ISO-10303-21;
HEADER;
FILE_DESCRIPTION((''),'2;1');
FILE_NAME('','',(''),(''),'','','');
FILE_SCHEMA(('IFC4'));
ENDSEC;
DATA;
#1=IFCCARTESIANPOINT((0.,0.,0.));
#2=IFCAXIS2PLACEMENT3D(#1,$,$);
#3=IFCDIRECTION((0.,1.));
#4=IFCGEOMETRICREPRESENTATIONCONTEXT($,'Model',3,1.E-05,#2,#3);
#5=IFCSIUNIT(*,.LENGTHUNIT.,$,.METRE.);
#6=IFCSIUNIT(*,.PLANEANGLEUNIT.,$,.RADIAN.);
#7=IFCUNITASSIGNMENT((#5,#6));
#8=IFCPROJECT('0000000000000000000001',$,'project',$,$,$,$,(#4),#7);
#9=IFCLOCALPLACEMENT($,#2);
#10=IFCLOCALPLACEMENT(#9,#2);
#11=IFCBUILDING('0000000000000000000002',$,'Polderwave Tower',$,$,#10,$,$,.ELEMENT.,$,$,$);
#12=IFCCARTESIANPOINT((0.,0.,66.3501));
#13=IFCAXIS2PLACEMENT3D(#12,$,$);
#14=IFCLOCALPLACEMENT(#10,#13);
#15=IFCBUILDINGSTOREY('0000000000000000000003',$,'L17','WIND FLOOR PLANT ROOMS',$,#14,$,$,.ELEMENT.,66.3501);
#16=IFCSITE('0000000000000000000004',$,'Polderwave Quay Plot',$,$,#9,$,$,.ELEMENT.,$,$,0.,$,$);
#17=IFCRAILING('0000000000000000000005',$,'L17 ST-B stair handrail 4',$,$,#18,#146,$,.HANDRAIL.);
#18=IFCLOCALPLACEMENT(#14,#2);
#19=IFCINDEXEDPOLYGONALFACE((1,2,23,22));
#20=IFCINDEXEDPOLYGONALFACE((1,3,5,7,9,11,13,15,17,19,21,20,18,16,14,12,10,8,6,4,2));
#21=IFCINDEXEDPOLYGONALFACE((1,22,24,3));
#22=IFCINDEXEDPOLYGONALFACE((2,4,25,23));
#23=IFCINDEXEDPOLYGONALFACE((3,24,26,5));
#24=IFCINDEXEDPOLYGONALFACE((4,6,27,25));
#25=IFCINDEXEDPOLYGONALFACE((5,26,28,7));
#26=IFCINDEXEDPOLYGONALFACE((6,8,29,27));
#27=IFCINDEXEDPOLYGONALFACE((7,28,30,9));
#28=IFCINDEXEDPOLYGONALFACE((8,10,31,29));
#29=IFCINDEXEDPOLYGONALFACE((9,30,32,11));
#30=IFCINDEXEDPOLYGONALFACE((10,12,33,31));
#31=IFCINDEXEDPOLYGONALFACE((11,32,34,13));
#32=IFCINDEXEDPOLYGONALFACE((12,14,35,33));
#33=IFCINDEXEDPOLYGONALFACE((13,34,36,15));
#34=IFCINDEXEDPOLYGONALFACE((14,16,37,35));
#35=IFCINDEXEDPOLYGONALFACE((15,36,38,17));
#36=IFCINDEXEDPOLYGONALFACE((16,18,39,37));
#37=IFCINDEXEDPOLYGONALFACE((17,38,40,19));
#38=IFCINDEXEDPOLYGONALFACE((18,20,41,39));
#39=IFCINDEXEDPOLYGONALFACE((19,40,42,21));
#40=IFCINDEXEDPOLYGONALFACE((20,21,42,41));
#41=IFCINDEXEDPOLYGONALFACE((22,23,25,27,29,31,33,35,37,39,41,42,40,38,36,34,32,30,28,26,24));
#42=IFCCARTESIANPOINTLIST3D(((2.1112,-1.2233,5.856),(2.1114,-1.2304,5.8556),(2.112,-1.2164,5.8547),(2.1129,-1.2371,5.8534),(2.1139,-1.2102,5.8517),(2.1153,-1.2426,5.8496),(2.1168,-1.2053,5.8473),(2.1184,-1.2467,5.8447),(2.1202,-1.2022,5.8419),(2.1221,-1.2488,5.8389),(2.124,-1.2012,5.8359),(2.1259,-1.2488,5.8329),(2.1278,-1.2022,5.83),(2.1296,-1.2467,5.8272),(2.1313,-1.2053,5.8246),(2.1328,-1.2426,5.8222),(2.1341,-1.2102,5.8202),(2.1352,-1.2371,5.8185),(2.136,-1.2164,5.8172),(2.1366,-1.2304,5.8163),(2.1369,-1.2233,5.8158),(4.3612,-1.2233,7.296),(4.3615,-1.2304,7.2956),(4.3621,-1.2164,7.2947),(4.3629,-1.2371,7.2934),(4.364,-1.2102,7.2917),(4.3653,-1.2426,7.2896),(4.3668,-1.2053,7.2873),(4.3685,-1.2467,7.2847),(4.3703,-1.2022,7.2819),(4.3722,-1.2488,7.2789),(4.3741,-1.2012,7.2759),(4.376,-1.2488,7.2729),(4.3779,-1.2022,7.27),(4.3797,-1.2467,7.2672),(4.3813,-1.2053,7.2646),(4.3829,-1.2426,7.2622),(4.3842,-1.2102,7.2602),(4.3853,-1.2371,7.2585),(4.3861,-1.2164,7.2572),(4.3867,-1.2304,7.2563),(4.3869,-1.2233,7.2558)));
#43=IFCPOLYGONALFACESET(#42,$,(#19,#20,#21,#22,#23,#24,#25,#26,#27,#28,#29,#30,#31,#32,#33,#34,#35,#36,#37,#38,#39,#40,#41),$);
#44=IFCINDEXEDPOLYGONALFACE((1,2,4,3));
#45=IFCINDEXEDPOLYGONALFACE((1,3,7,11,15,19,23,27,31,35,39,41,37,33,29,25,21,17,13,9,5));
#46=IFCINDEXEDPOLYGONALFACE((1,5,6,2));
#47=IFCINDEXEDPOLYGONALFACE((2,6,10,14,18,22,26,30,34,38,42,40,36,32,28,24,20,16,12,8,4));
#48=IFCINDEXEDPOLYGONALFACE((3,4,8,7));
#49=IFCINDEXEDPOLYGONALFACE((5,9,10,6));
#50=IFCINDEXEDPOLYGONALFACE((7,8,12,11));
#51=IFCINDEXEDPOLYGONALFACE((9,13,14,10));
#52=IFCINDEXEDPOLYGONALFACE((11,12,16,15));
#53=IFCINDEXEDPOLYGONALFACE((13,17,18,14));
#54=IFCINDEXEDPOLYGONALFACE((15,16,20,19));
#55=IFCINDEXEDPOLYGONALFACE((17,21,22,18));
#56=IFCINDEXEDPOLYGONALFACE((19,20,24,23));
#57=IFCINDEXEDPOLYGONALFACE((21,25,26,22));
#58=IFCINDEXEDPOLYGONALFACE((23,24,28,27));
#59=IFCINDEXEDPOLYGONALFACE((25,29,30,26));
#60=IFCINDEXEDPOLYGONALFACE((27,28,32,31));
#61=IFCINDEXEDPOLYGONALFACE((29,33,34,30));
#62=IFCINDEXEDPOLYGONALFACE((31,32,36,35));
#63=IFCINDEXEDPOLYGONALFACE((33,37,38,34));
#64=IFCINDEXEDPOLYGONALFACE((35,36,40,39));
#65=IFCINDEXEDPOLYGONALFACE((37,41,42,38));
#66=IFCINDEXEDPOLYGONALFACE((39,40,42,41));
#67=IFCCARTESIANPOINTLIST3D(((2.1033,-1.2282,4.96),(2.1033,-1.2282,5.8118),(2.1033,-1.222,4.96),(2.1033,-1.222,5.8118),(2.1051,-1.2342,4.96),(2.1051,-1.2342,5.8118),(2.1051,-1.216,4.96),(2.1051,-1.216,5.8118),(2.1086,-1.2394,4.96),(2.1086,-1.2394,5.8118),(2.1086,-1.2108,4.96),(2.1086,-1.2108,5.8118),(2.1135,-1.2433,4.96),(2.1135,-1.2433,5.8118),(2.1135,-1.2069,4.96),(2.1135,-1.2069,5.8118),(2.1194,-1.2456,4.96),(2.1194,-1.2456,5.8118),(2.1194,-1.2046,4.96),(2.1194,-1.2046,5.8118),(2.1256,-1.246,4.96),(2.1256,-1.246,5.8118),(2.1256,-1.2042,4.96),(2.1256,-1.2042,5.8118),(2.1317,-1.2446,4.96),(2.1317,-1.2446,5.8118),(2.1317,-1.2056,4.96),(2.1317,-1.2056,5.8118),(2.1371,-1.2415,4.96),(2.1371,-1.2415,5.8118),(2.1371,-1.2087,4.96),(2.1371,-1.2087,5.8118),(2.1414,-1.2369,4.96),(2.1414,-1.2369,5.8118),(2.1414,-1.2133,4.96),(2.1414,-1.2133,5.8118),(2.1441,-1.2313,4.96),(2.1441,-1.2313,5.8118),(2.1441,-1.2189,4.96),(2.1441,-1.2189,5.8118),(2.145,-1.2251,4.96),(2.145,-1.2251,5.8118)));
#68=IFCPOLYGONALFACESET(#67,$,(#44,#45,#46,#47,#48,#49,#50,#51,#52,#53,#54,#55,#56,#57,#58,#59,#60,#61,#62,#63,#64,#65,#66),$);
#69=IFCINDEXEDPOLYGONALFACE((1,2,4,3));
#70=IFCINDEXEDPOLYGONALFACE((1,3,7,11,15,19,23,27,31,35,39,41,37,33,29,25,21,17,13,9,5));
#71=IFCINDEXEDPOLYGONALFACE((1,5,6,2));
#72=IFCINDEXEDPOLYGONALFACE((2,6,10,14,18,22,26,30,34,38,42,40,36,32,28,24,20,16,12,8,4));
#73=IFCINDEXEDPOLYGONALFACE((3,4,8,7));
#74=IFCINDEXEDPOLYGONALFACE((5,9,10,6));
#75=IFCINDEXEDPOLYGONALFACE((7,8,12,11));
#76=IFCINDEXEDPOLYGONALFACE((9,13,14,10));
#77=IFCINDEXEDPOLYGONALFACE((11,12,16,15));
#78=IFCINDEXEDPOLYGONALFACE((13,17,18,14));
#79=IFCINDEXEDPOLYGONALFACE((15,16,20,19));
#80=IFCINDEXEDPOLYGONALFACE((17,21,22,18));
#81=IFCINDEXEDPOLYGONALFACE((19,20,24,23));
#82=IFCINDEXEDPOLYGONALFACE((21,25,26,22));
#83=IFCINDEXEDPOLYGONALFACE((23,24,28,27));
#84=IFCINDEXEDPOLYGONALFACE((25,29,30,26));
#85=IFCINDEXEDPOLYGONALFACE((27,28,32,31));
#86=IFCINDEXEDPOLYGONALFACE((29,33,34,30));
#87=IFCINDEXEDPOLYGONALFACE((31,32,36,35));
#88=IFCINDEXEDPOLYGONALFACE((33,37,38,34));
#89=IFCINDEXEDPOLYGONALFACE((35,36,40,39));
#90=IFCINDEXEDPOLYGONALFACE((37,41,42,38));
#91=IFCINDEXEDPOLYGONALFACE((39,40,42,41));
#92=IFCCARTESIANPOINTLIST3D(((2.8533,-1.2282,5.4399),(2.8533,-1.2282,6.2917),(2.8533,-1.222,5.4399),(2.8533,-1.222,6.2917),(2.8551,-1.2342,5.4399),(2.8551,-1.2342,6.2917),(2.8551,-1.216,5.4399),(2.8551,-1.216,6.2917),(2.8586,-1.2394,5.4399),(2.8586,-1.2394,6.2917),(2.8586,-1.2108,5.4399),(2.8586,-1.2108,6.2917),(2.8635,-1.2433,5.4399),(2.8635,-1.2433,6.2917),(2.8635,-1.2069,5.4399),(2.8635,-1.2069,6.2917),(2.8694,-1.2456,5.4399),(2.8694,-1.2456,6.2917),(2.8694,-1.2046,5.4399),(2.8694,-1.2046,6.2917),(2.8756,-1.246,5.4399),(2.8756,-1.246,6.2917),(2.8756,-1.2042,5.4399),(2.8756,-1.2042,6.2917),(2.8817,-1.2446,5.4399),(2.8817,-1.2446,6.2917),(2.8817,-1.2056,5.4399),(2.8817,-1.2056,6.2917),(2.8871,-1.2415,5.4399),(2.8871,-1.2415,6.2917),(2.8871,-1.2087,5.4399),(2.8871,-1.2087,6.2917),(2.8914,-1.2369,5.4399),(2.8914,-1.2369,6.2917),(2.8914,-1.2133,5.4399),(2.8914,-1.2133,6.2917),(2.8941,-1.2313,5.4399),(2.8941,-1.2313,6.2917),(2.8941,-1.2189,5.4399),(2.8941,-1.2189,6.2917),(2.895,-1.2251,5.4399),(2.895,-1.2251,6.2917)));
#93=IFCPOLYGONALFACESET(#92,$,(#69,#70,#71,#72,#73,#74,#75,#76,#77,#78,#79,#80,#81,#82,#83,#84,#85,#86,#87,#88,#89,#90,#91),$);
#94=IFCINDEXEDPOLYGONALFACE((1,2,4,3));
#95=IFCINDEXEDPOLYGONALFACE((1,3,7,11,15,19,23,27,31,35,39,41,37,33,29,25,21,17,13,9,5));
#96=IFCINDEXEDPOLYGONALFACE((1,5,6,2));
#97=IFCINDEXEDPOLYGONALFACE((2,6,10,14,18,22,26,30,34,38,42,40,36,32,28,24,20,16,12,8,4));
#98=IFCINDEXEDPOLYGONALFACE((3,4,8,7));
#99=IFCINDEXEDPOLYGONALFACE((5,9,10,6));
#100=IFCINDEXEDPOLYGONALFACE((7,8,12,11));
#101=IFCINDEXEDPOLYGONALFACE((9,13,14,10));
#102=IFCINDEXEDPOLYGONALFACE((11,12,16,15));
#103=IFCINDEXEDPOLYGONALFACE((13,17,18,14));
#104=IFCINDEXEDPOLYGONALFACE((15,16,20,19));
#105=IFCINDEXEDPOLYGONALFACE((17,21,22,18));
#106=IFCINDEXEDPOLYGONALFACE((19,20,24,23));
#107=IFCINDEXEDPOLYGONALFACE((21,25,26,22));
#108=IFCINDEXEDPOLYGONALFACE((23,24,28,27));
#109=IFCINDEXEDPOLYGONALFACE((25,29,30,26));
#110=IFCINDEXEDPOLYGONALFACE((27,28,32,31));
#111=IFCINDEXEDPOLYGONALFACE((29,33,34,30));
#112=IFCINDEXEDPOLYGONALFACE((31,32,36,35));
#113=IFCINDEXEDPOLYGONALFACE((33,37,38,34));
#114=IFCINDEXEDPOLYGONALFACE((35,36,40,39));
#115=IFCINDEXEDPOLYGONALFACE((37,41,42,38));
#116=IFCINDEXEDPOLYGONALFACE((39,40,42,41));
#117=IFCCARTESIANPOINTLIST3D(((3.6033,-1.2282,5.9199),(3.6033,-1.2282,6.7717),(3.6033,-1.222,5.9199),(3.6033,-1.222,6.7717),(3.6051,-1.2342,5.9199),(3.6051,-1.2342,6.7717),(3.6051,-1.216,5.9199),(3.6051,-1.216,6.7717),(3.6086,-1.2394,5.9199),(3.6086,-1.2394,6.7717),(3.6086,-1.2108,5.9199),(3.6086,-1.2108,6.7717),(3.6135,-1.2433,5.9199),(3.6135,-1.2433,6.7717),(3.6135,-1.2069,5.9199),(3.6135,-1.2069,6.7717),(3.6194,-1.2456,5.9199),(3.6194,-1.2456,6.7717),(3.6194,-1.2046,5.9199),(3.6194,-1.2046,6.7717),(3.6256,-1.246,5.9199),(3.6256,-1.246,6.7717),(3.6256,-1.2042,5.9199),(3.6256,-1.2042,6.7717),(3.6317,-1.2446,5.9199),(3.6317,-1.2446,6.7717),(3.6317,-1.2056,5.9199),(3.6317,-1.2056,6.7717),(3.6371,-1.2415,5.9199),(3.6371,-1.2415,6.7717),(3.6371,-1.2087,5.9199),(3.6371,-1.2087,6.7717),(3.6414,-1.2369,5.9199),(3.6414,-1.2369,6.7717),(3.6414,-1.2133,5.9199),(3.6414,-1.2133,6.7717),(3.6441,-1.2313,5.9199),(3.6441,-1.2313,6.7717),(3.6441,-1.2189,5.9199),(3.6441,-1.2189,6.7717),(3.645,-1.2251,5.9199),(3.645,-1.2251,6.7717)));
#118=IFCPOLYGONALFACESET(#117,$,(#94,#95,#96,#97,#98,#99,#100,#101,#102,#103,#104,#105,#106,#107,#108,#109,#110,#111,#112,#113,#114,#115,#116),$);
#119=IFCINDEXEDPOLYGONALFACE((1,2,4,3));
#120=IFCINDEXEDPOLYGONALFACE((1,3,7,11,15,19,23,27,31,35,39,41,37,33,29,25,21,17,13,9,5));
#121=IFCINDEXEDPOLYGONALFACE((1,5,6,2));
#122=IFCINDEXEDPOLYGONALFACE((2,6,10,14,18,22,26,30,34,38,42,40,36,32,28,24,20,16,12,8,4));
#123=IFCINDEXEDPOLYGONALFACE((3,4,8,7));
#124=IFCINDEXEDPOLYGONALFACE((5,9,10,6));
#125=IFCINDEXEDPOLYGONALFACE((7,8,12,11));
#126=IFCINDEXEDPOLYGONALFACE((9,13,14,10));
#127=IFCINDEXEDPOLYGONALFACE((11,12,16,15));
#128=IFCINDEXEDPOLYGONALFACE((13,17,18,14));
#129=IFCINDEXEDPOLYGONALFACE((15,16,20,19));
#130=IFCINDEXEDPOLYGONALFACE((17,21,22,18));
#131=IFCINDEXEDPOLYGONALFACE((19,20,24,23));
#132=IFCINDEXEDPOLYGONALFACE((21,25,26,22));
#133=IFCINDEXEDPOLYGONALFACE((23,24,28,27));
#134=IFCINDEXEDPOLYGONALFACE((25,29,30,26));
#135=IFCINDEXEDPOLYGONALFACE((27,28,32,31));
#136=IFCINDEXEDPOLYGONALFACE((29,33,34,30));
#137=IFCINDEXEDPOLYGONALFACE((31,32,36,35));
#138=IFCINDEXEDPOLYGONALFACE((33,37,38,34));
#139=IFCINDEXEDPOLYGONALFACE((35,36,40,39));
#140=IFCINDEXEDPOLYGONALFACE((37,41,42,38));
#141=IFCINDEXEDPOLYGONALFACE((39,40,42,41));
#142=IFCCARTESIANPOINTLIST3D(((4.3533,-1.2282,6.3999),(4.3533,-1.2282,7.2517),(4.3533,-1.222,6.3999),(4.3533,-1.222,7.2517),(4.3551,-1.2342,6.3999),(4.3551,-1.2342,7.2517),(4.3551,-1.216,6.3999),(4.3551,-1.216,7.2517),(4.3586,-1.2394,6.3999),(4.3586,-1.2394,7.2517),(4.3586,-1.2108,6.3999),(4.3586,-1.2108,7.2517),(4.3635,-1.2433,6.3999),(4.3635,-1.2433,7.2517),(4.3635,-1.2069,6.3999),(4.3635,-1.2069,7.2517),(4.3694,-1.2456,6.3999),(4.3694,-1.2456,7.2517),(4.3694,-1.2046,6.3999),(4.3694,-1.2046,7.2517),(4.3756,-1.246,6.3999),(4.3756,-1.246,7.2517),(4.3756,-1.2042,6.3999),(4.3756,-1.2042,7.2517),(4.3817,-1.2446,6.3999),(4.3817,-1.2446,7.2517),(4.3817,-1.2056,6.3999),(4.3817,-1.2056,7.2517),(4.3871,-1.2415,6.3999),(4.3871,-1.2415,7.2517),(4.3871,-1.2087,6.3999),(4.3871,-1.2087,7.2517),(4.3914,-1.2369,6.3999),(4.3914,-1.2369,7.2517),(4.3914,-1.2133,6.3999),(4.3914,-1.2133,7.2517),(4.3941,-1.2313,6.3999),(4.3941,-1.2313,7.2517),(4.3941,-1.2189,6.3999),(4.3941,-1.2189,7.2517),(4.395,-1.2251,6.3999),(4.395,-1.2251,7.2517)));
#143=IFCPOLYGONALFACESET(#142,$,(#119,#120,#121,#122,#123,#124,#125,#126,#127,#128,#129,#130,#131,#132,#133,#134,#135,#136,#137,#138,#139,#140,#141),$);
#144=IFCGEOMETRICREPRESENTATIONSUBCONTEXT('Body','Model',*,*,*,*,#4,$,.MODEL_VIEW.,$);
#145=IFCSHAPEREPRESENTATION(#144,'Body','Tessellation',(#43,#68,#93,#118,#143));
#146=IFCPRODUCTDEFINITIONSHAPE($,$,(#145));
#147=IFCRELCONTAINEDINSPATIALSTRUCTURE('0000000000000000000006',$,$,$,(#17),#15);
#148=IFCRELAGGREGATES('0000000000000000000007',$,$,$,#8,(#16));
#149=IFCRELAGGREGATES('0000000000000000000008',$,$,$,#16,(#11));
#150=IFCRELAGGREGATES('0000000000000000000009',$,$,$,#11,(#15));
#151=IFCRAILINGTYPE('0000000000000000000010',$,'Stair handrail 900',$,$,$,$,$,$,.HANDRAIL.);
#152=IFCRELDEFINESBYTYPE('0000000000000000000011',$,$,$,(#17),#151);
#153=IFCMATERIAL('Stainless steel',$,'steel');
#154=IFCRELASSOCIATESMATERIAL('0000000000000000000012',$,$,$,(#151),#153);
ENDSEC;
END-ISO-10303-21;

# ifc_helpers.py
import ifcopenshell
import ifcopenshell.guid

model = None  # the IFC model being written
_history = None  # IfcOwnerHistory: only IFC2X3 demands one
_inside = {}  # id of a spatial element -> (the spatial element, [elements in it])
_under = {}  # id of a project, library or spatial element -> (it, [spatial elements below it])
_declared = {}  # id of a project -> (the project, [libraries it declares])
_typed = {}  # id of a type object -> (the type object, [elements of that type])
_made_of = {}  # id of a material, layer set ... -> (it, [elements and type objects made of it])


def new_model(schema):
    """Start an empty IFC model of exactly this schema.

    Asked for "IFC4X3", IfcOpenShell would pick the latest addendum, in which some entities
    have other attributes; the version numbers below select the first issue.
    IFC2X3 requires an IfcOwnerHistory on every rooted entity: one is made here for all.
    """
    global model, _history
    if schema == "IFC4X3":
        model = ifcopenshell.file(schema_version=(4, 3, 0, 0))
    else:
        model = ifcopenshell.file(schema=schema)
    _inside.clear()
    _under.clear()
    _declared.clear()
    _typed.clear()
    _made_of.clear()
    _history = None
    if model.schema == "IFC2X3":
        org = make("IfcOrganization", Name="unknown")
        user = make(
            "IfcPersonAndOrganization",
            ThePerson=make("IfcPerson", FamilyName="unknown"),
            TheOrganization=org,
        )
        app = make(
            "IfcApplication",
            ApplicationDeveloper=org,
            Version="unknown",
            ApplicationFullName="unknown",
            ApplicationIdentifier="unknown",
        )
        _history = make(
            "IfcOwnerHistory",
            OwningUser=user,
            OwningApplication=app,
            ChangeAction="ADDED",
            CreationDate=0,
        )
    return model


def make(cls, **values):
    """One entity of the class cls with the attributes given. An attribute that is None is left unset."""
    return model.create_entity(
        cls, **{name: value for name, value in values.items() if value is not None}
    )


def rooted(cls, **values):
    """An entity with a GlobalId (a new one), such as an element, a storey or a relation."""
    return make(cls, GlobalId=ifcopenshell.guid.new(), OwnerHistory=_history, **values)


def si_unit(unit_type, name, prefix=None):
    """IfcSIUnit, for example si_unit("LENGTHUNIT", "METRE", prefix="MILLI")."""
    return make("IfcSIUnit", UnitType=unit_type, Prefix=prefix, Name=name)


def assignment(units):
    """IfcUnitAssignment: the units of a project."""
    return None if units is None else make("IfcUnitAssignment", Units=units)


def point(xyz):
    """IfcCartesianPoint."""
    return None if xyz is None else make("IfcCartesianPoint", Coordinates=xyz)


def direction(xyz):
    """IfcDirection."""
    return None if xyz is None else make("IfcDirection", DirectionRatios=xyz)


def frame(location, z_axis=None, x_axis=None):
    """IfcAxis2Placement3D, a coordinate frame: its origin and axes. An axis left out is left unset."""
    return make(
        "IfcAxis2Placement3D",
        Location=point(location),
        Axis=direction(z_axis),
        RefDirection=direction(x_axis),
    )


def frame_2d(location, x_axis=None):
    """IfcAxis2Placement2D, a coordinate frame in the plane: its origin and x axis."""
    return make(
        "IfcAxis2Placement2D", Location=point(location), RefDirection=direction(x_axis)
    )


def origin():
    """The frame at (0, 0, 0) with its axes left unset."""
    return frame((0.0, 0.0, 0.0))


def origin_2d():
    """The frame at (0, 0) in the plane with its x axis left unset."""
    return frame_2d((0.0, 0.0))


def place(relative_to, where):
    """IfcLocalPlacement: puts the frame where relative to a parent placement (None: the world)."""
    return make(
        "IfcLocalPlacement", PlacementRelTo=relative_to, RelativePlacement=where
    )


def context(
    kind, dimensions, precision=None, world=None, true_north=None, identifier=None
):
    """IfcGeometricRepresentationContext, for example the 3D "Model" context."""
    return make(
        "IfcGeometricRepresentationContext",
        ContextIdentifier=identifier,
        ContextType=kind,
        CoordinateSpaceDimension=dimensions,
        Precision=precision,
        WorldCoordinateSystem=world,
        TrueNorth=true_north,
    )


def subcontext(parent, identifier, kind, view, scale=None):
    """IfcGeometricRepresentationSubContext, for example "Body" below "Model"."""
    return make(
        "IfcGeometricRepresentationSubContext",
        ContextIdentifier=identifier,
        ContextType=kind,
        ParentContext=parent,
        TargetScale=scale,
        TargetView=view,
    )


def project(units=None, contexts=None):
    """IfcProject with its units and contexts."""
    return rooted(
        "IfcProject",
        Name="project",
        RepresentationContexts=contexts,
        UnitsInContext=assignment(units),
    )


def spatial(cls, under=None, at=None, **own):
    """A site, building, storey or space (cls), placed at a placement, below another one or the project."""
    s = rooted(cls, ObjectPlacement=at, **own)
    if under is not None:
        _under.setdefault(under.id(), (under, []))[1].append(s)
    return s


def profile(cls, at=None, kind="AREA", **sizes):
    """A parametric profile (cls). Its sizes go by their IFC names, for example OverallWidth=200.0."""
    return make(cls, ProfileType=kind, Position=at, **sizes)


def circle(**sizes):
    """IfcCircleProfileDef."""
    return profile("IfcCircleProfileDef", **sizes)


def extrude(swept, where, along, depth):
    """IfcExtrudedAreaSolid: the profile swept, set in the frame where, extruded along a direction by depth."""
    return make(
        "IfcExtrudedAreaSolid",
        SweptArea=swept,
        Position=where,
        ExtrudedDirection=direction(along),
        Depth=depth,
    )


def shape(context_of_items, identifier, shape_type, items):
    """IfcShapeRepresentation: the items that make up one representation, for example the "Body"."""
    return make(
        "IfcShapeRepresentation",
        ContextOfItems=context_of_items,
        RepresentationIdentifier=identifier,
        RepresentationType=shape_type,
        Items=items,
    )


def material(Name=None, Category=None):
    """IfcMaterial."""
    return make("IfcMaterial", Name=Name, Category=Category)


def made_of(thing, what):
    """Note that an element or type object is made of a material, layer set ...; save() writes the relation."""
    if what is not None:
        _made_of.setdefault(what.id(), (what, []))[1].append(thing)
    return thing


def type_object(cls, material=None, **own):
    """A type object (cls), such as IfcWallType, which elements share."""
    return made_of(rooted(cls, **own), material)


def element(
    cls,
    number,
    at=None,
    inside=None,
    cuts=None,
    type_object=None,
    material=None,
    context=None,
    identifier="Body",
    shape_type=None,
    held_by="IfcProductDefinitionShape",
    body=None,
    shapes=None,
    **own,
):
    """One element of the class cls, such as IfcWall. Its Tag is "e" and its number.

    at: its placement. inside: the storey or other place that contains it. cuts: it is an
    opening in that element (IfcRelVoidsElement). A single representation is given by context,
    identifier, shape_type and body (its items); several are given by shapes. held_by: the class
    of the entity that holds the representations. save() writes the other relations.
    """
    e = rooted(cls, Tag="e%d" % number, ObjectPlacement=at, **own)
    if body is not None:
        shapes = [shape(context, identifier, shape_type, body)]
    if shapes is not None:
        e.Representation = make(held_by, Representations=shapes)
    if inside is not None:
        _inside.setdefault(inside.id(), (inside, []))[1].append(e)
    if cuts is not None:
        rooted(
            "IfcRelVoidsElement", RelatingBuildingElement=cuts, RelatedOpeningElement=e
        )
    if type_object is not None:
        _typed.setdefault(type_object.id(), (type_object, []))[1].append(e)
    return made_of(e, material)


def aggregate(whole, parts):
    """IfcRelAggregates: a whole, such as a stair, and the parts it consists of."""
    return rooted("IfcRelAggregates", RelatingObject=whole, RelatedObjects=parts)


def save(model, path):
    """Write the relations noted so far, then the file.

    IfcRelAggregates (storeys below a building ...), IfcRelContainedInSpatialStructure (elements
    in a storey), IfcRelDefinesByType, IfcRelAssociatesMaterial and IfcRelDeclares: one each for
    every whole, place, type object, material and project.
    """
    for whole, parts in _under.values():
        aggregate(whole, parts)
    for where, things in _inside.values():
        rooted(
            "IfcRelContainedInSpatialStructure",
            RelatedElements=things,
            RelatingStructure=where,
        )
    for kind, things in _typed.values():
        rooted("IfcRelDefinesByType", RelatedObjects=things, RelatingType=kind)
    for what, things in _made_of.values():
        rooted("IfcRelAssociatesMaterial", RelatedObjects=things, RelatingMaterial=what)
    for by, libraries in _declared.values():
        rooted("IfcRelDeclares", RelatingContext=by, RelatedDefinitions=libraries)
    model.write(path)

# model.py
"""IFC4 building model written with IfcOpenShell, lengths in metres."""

from ifc_helpers import new_model, si_unit, direction, frame, origin, origin_2d, place, context, subcontext, project, spatial, circle, extrude, material, type_object, element, save


model = new_model("IFC4")

# Units and contexts
model_context = context("Model", 3, precision=1e-05, world=origin(), true_north=direction((0.0, 1.0)))
body_context = subcontext(model_context, "Body", "Model", "MODEL_VIEW")
ifc_project = project(units=[si_unit("LENGTHUNIT", "METRE"), si_unit("PLANEANGLEUNIT", "RADIAN")], contexts=[model_context])

# Site, building, storey
site_placement = place(None, origin())
site = spatial("IfcSite", under=ifc_project, at=site_placement, Name="Polderwave Quay Plot", CompositionType="ELEMENT", RefElevation=0.0)
building_placement = place(site_placement, origin())
building = spatial("IfcBuilding", under=site, at=building_placement, Name="Polderwave Tower", CompositionType="ELEMENT")
storey_placement = place(building_placement, frame((0.0, 0.0, 66.3501)))
storey = spatial("IfcBuildingStorey", under=building, at=storey_placement, Name="L17", Description="WIND FLOOR PLANT ROOMS", CompositionType="ELEMENT", Elevation=66.3501)

# Railing
ifc_material_1 = material(Name="Stainless steel", Category="steel")
railing_type_1 = type_object("IfcRailingType", Name="Stair handrail 900", PredefinedType="HANDRAIL", material=ifc_material_1)
for number, where, name in (
    (1, (2.124, -1.2251, 4.96), "L17 ST-B stair handrail 4"),
):
    element("IfcRailing", number, at=place(storey_placement, frame(where)), inside=storey, type_object=railing_type_1, Name=name, PredefinedType="HANDRAIL", context=body_context, shape_type="SweptSolid", body=[
        extrude(circle(Radius=0.0239, at=origin_2d()), frame((0.0, 0.0, 0.876), z_axis=(0.842281, 0.0, 0.539038), x_axis=(0.0, 1.0, 0.0)), (0.0, 0.0, 1.0), 2.6714),
        extrude(circle(Radius=0.021, at=origin_2d()), origin(), (0.0, 0.0, 1.0), 0.8518),
        extrude(circle(Radius=0.021, at=origin_2d()), frame((0.75, 0.0, 0.48)), (0.0, 0.0, 1.0), 0.8518),
        extrude(circle(Radius=0.021, at=origin_2d()), frame((1.5, 0.0, 0.96)), (0.0, 0.0, 1.0), 0.8518),
        extrude(circle(Radius=0.021, at=origin_2d()), frame((2.25, 0.0, 1.4399)), (0.0, 0.0, 1.0), 0.8518),
    ])

save(model, "model.ifc")
